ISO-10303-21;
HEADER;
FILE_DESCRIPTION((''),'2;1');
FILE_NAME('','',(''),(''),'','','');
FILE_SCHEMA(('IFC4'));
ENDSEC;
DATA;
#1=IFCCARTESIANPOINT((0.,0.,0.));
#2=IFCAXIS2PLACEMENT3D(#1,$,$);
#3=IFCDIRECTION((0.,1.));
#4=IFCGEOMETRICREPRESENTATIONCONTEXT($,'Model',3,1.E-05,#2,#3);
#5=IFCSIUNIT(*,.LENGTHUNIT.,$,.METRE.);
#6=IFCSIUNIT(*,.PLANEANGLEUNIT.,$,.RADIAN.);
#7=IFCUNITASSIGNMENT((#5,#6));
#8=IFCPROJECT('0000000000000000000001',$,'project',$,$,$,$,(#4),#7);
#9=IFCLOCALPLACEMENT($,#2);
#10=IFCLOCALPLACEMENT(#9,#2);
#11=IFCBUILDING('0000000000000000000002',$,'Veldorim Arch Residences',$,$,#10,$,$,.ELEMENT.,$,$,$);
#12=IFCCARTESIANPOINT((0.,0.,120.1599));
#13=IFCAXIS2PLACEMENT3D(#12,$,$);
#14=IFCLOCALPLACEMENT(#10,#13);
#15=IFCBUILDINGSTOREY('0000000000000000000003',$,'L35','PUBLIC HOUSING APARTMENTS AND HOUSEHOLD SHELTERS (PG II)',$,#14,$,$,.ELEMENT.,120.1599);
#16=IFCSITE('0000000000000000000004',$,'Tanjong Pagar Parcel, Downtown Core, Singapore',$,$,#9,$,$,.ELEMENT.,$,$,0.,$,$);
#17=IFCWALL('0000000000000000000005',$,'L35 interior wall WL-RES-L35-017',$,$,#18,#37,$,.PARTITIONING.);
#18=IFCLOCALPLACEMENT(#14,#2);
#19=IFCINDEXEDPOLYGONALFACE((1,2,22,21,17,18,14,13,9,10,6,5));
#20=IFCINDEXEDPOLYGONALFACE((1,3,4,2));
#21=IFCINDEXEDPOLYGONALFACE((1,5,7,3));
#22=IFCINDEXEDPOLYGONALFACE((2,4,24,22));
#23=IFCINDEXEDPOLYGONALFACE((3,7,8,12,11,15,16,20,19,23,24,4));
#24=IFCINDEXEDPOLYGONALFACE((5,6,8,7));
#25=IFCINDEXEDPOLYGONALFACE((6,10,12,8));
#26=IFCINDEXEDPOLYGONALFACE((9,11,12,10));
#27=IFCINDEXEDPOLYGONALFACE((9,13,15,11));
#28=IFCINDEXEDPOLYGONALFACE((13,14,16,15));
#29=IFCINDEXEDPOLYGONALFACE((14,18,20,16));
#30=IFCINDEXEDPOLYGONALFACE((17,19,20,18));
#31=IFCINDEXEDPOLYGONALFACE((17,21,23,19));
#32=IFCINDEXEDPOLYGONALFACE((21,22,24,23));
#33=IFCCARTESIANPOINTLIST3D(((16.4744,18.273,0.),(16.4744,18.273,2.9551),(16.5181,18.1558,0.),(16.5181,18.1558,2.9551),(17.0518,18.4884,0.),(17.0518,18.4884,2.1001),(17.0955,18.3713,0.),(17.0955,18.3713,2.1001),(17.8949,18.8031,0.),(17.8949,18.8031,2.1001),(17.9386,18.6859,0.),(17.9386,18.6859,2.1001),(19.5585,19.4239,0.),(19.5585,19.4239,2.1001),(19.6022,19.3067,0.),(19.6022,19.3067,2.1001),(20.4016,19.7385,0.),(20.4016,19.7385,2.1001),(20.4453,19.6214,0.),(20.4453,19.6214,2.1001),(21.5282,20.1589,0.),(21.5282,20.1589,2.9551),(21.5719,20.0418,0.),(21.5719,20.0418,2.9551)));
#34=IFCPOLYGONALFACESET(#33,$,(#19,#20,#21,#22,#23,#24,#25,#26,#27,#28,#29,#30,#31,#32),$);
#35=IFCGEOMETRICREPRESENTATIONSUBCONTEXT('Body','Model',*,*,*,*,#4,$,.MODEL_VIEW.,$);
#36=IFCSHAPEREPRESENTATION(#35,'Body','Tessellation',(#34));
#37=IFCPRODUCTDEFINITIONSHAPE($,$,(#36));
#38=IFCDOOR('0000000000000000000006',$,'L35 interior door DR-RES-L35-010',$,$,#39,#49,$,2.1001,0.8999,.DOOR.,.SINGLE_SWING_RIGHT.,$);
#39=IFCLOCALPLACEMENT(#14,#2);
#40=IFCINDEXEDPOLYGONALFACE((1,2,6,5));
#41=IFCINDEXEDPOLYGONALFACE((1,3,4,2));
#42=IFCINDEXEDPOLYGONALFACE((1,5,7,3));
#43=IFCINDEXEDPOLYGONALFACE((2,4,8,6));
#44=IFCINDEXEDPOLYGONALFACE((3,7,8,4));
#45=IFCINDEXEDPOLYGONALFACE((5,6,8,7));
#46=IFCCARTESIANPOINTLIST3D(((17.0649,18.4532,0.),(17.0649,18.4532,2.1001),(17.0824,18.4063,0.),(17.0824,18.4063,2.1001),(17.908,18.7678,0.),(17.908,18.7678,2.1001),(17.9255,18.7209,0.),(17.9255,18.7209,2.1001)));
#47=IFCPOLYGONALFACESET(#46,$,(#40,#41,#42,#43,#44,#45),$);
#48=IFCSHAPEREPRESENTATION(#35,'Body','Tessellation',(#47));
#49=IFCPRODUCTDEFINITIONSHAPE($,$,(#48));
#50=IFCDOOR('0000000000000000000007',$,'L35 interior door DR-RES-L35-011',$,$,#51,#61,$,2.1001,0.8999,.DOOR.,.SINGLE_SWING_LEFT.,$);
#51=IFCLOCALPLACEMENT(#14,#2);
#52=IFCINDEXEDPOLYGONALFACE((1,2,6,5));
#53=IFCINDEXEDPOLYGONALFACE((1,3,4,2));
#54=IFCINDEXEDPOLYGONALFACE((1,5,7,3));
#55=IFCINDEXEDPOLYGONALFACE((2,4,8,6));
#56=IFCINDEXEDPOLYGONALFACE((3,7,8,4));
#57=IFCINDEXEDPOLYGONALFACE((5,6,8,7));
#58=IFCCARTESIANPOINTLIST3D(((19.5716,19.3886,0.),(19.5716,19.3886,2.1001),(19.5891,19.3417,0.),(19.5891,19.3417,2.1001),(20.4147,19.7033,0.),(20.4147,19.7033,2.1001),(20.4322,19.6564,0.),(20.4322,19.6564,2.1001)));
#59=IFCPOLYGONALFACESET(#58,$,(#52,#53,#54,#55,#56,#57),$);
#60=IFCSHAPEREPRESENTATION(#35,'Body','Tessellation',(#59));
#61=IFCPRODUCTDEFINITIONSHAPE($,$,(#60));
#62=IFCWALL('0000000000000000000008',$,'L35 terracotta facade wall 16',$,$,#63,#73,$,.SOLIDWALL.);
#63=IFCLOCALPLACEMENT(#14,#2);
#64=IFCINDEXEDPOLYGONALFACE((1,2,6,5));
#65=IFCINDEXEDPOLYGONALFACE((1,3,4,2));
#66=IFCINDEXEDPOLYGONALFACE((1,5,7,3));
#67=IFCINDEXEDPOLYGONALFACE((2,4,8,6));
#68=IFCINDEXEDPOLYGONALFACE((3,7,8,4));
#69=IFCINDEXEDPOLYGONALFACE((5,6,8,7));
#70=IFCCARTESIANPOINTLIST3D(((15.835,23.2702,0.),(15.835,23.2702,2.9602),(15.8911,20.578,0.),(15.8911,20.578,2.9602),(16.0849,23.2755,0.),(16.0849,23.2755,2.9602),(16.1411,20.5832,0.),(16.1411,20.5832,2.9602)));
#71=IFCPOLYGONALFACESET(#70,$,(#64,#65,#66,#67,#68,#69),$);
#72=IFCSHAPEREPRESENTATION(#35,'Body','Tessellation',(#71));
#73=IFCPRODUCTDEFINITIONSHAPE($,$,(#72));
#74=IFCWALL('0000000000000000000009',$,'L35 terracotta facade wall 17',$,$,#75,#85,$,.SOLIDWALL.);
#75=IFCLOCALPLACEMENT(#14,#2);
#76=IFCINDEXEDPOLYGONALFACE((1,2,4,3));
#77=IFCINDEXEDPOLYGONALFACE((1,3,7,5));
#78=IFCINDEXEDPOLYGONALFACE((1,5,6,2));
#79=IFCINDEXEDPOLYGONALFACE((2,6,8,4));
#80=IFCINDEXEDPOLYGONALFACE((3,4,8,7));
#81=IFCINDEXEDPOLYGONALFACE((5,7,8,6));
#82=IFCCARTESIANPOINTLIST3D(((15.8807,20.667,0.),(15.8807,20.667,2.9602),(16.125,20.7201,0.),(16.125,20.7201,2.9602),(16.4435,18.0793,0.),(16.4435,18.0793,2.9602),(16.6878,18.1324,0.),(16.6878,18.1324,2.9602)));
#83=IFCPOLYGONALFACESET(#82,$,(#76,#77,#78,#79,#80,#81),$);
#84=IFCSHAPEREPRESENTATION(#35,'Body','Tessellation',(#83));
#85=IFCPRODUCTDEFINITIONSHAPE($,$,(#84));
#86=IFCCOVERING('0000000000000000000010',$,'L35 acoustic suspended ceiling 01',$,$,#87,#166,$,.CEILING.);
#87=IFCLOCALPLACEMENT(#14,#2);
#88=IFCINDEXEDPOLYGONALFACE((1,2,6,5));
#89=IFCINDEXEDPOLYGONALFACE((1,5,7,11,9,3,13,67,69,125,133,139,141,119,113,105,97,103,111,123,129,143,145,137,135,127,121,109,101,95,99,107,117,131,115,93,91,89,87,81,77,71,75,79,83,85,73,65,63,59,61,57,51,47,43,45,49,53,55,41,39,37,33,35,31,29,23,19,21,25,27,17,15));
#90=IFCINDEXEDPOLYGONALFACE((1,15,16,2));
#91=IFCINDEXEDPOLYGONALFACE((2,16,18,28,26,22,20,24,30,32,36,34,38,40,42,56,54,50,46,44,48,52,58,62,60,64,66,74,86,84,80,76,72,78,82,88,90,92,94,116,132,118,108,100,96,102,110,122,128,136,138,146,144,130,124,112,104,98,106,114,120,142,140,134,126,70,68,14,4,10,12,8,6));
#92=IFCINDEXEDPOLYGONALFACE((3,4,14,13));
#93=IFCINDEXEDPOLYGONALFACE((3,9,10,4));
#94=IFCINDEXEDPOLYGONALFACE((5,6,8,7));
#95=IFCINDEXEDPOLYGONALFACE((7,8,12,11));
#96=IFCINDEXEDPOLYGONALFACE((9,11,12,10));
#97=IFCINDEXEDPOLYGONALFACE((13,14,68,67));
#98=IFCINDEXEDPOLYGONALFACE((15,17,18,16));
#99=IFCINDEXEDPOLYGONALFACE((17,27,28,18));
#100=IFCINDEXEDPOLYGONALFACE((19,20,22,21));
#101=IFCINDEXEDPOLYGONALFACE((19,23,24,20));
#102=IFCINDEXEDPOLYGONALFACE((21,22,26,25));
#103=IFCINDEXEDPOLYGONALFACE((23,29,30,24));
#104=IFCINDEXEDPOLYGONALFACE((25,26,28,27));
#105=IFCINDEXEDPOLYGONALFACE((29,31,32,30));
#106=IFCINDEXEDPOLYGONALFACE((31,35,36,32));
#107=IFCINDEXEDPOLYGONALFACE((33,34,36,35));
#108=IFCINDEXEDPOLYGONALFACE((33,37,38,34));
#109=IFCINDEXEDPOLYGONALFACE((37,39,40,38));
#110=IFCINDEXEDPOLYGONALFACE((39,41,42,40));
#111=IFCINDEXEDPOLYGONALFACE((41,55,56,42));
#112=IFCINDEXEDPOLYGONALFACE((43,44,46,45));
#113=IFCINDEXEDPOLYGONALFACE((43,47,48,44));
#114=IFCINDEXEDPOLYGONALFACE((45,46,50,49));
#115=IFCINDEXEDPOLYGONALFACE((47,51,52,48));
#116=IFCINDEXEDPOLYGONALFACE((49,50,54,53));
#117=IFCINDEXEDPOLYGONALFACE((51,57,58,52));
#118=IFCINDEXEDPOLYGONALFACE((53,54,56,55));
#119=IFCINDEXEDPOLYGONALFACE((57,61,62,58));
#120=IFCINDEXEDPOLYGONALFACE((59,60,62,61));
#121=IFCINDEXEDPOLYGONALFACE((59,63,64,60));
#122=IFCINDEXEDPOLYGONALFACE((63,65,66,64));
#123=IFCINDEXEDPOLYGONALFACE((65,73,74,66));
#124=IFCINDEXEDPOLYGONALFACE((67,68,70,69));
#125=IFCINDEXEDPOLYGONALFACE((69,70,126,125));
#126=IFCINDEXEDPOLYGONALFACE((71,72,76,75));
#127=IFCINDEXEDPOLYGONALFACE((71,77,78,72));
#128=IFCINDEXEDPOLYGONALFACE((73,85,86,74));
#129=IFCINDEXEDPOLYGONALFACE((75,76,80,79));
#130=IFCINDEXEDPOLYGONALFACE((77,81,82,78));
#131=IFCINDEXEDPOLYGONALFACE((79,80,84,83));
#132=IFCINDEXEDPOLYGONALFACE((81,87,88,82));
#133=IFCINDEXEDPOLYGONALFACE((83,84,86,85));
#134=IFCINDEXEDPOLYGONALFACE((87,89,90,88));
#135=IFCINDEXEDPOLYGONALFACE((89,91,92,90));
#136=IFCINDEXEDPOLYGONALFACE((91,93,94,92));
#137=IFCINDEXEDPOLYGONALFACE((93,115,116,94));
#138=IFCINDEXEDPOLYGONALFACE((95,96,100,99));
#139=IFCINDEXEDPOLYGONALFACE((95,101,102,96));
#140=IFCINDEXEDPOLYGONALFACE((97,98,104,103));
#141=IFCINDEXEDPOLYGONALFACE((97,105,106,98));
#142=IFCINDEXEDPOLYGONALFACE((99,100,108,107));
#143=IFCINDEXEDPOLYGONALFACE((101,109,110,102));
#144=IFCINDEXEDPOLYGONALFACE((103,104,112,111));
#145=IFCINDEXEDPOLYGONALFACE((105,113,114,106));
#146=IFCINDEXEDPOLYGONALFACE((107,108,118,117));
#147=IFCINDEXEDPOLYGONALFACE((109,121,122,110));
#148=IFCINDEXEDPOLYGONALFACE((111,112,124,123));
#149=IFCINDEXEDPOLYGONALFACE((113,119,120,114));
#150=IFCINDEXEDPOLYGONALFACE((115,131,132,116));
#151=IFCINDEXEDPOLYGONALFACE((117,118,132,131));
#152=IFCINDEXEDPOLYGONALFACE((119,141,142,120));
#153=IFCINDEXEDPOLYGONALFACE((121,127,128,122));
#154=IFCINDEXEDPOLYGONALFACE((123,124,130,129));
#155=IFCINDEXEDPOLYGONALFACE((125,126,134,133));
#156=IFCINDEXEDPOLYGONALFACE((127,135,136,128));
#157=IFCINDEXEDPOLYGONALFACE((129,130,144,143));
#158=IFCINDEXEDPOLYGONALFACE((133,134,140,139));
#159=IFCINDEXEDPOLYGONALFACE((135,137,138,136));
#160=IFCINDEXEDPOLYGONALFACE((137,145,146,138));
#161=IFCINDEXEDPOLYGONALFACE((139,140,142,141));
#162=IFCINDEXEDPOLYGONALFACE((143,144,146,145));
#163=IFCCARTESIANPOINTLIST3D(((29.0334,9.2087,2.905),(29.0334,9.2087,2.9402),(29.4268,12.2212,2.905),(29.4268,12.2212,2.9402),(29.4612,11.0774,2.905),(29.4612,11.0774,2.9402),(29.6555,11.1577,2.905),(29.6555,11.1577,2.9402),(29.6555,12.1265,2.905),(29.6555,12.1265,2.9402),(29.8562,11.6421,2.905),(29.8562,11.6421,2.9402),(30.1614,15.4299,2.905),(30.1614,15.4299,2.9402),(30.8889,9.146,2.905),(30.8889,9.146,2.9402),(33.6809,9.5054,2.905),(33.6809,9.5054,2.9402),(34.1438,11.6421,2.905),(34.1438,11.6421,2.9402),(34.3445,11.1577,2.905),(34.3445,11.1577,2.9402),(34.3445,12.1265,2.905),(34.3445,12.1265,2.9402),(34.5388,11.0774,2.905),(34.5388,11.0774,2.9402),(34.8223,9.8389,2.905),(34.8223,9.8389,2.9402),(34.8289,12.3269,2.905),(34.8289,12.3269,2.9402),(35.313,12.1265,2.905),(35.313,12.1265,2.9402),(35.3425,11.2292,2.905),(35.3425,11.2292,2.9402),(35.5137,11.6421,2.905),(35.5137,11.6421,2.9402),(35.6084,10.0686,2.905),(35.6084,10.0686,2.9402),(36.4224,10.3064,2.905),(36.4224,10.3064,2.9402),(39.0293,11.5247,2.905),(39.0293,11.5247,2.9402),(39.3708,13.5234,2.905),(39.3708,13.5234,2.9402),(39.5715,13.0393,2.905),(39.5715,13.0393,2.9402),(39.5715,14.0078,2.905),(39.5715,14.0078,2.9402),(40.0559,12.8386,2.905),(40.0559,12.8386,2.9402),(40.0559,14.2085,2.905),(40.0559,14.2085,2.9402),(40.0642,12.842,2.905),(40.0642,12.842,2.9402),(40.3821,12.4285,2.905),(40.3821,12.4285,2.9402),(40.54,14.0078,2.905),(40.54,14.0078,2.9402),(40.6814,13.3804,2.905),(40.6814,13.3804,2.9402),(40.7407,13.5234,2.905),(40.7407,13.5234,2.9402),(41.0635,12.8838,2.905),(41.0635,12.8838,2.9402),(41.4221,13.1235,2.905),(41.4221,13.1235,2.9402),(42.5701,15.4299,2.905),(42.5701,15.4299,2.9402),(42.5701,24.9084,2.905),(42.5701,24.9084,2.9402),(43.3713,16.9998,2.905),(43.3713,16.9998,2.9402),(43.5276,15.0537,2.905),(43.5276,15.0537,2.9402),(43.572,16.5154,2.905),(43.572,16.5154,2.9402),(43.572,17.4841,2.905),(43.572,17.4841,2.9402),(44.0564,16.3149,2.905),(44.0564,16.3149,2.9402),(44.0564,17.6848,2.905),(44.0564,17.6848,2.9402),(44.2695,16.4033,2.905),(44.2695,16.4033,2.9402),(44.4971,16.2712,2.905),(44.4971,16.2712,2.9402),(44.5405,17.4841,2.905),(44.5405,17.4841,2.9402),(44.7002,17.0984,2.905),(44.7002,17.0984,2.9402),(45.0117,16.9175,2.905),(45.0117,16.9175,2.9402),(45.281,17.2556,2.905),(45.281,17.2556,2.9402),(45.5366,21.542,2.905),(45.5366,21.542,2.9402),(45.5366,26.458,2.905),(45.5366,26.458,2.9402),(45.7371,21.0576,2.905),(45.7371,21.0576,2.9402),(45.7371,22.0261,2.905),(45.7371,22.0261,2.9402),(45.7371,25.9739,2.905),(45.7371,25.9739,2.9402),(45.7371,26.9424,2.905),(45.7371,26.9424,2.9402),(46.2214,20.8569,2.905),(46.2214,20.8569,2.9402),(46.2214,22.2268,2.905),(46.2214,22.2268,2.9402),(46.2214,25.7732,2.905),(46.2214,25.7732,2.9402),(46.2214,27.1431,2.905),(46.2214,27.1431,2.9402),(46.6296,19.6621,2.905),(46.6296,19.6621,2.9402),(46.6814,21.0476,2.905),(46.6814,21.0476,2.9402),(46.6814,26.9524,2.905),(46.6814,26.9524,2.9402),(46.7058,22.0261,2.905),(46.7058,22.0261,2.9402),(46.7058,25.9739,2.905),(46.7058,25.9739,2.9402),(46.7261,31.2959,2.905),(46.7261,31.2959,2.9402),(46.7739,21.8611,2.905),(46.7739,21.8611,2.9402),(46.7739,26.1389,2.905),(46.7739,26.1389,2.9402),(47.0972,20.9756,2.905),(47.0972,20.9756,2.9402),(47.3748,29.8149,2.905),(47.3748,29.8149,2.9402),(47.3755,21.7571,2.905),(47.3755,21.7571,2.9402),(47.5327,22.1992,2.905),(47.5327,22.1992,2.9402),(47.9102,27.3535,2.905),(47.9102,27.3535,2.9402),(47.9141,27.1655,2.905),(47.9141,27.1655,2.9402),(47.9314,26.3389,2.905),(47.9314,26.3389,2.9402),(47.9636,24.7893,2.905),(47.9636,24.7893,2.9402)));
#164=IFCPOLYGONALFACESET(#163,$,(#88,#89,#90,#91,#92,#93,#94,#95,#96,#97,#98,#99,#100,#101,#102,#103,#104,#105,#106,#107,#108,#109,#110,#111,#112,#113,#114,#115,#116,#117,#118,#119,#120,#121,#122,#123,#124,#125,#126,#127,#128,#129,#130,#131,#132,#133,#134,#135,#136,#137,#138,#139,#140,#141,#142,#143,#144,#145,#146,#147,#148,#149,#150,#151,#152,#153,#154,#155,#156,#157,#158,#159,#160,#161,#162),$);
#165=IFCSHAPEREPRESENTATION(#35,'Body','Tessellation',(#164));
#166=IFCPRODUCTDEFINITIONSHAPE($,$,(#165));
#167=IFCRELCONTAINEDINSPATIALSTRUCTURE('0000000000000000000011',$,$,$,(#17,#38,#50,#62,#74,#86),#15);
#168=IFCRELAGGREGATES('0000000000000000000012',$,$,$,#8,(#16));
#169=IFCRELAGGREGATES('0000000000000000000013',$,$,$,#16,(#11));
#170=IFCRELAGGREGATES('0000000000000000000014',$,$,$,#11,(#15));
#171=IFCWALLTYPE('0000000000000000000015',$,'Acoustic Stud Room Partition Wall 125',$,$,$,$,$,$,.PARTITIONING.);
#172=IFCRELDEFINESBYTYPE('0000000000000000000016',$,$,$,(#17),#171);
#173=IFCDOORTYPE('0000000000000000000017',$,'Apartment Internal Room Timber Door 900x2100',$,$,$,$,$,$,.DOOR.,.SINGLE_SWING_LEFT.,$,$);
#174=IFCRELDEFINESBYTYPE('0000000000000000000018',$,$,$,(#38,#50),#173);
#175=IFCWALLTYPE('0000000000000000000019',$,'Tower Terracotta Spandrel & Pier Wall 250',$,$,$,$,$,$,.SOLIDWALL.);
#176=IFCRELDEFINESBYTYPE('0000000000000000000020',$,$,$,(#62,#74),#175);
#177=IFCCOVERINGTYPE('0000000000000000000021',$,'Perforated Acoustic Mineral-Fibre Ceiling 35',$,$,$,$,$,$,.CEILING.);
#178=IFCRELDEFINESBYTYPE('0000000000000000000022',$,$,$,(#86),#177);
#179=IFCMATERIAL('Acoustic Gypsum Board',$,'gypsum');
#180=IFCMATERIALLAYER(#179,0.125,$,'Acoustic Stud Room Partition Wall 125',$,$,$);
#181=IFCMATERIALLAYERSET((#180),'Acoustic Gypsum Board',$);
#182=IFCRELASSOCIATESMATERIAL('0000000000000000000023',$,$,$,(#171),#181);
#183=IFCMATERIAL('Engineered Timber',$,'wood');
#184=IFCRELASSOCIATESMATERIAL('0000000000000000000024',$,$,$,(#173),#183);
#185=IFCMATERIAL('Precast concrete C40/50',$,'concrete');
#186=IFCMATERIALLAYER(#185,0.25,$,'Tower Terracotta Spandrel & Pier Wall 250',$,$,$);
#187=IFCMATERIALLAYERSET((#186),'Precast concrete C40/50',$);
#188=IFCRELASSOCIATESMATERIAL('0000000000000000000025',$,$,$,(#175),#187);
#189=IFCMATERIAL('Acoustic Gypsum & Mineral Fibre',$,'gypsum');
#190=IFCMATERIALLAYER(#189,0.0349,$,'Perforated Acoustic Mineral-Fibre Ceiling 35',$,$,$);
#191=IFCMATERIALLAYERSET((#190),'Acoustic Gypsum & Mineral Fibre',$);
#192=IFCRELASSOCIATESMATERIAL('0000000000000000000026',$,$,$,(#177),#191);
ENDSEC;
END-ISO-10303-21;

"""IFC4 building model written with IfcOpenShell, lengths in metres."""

from ifc_helpers import new_model, si_unit, direction, frame, frame_2d, origin, place, context, subcontext, project, spatial, polyline, rectangle, outline, extrude, material, layer, layer_set, type_object, element, fill, save


model = new_model("IFC4")

# Units and contexts
model_context = context("Model", 3, precision=1e-05, world=origin(), true_north=direction((0.0, 1.0)))
body_context = subcontext(model_context, "Body", "Model", "MODEL_VIEW")
ifc_project = project(units=[si_unit("LENGTHUNIT", "METRE"), si_unit("PLANEANGLEUNIT", "RADIAN")], contexts=[model_context])

# Site, building, storey
site_placement = place(None, origin())
site = spatial("IfcSite", under=ifc_project, at=site_placement, Name="Tanjong Pagar Parcel, Downtown Core, Singapore", CompositionType="ELEMENT", RefElevation=0.0)
building_placement = place(site_placement, origin())
building = spatial("IfcBuilding", under=site, at=building_placement, Name="Veldorim Arch Residences", CompositionType="ELEMENT")
storey_placement = place(building_placement, frame((0.0, 0.0, 120.1599)))
storey = spatial("IfcBuildingStorey", under=building, at=storey_placement, Name="L35", Description="PUBLIC HOUSING APARTMENTS AND HOUSEHOLD SHELTERS (PG II)", CompositionType="ELEMENT", Elevation=120.1599)

# Wall, openings, doors
ifc_material_1 = material(Name="Acoustic Gypsum Board", Category="gypsum")
ifc_layer_1 = layer(ifc_material_1, 0.125, Name="Acoustic Stud Room Partition Wall 125")
ifc_layer_set_1 = layer_set([ifc_layer_1], Name="Acoustic Gypsum Board")
wall_type_1 = type_object("IfcWallType", Name="Acoustic Stud Room Partition Wall 125", PredefinedType="PARTITIONING", material=ifc_layer_set_1)
wall_1_placement = place(storey_placement, frame((16.4961, 18.2144, 0.0), z_axis=(0.0, 0.0, 1.0), x_axis=(0.936892, 0.34962, 0.0)))
wall_1 = element("IfcWall", 1, at=wall_1_placement, inside=storey, type_object=wall_type_1, Name="L35 interior wall WL-RES-L35-017", PredefinedType="PARTITIONING", context=body_context, shape_type="SweptSolid", body=[
    extrude(rectangle(XDim=5.3943, YDim=0.125, at=frame_2d((2.6973, 0.0))), origin(), (0.0, 0.0, 1.0), 2.9551),
])
opening_1_placement = place(wall_1_placement, frame((0.6165, 0.0, 0.0)))
opening_1 = element("IfcOpeningElement", 2, at=opening_1_placement, cuts=wall_1, PredefinedType="OPENING", context=body_context, shape_type="SweptSolid", body=[
    extrude(rectangle(XDim=0.8999, YDim=2.1001, at=frame_2d((0.45, 1.05))), frame((0.0, 0.0725, 0.0), z_axis=(0.0, -1.0, 0.0), x_axis=(1.0, 0.0, 0.0)), (0.0, 0.0, 1.0), 0.145),
])
opening_2_placement = place(wall_1_placement, frame((3.292, 0.0, 0.0)))
opening_2 = element("IfcOpeningElement", 3, at=opening_2_placement, cuts=wall_1, PredefinedType="OPENING", context=body_context, shape_type="SweptSolid", body=[
    extrude(rectangle(XDim=0.8999, YDim=2.1001, at=frame_2d((0.45, 1.05))), frame((0.0, 0.0725, 0.0), z_axis=(0.0, -1.0, 0.0), x_axis=(1.0, 0.0, 0.0)), (0.0, 0.0, 1.0), 0.145),
])
ifc_material_2 = material(Name="Engineered Timber", Category="wood")
door_type = type_object("IfcDoorType", Name="Apartment Internal Room Timber Door 900x2100", OperationType="SINGLE_SWING_LEFT", PredefinedType="DOOR", material=ifc_material_2)
door_1_placement = place(opening_1_placement, origin())
door_1 = element("IfcDoor", 4, at=door_1_placement, inside=storey, type_object=door_type, Name="L35 interior door DR-RES-L35-010", OperationType="SINGLE_SWING_RIGHT", OverallHeight=2.1001, OverallWidth=0.8999, PredefinedType="DOOR", context=body_context, shape_type="SweptSolid", body=[
    extrude(rectangle(XDim=0.8999, YDim=2.1001, at=frame_2d((0.45, 1.05))), frame((0.0, 0.0249, 0.0), z_axis=(0.0, -1.0, 0.0), x_axis=(1.0, 0.0, 0.0)), (0.0, 0.0, 1.0), 0.05),
])
fill(opening_1, door_1)
door_2_placement = place(opening_2_placement, origin())
door_2 = element("IfcDoor", 5, at=door_2_placement, inside=storey, type_object=door_type, Name="L35 interior door DR-RES-L35-011", OperationType="SINGLE_SWING_LEFT", OverallHeight=2.1001, OverallWidth=0.8999, PredefinedType="DOOR", context=body_context, shape_type="SweptSolid", body=[
    extrude(rectangle(XDim=0.8999, YDim=2.1001, at=frame_2d((0.45, 1.05))), frame((0.0, 0.0249, 0.0), z_axis=(0.0, -1.0, 0.0), x_axis=(1.0, 0.0, 0.0)), (0.0, 0.0, 1.0), 0.05),
])
fill(opening_2, door_2)

# Walls
ifc_material_3 = material(Name="Precast concrete C40/50", Category="concrete")
ifc_layer_2 = layer(ifc_material_3, 0.25, Name="Tower Terracotta Spandrel & Pier Wall 250")
ifc_layer_set_2 = layer_set([ifc_layer_2], Name="Precast concrete C40/50")
wall_type_2 = type_object("IfcWallType", Name="Tower Terracotta Spandrel & Pier Wall 250", PredefinedType="SOLIDWALL", material=ifc_layer_set_2)
wall_2_placement = place(storey_placement, frame((16.0161, 20.5806, 0.0), z_axis=(0.0, 0.0, 1.0), x_axis=(-0.020851, 0.999783, 0.0)))
element("IfcWall", 6, at=wall_2_placement, inside=storey, type_object=wall_type_2, Name="L35 terracotta facade wall 16", PredefinedType="SOLIDWALL", context=body_context, shape_type="SweptSolid", body=[
    extrude(rectangle(XDim=2.6929, YDim=0.25, at=frame_2d((1.3464, 0.0))), origin(), (0.0, 0.0, 1.0), 2.9602),
])
wall_3_placement = place(storey_placement, frame((16.5657, 18.1057, 0.0), z_axis=(0.0, 0.0, 1.0), x_axis=(-0.212506, 0.97716, 0.0)))
element("IfcWall", 7, at=wall_3_placement, inside=storey, type_object=wall_type_2, Name="L35 terracotta facade wall 17", PredefinedType="SOLIDWALL", context=body_context, shape_type="SweptSolid", body=[
    extrude(rectangle(XDim=2.6482, YDim=0.25, at=frame_2d((1.3242, 0.0))), origin(), (0.0, 0.0, 1.0), 2.9602),
])

# Covering
ifc_material_4 = material(Name="Acoustic Gypsum & Mineral Fibre", Category="gypsum")
ifc_layer_3 = layer(ifc_material_4, 0.0349, Name="Perforated Acoustic Mineral-Fibre Ceiling 35")
ifc_layer_set_3 = layer_set([ifc_layer_3], Name="Acoustic Gypsum & Mineral Fibre")
covering_type_1 = type_object("IfcCoveringType", Name="Perforated Acoustic Mineral-Fibre Ceiling 35", PredefinedType="CEILING", material=ifc_layer_set_3)
covering_1_placement = place(storey_placement, frame((0.0, 0.0, 2.905)))
element("IfcCovering", 8, at=covering_1_placement, inside=storey, type_object=covering_type_1, Name="L35 acoustic suspended ceiling 01", PredefinedType="CEILING", context=body_context, shape_type="SweptSolid", body=[
    extrude(outline(polyline([(35.5137, 11.6421), (35.313, 12.1265), (34.8289, 12.3269), (34.3445, 12.1265), (34.1438, 11.6421), (34.3445, 11.1577), (34.5388, 11.0774), (34.8223, 9.8389), (33.6809, 9.5054), (30.8889, 9.146), (29.0334, 9.2087), (29.4612, 11.0774), (29.6555, 11.1577), (29.8562, 11.6421), (29.6555, 12.1265), (29.4268, 12.2212), (30.1614, 15.4299), (42.5701, 15.4299), (42.5701, 24.9084), (46.7261, 31.2959), (47.3748, 29.8149), (47.9102, 27.3535), (47.9141, 27.1655), (46.6814, 26.9524), (46.2214, 27.1431), (45.7371, 26.9424), (45.5366, 26.458), (45.7371, 25.9739), (46.2214, 25.7732), (46.7058, 25.9739), (46.7739, 26.1389), (47.9314, 26.3389), (47.9636, 24.7893), (47.5327, 22.1992), (47.3755, 21.7571), (46.7739, 21.8611), (46.7058, 22.0261), (46.2214, 22.2268), (45.7371, 22.0261), (45.5366, 21.542), (45.7371, 21.0576), (46.2214, 20.8569), (46.6814, 21.0476), (47.0972, 20.9756), (46.6296, 19.6621), (45.281, 17.2556), (45.0117, 16.9175), (44.7002, 17.0984), (44.5405, 17.4841), (44.0564, 17.6848), (43.572, 17.4841), (43.3713, 16.9998), (43.572, 16.5154), (44.0564, 16.3149), (44.2695, 16.4033), (44.4971, 16.2712), (43.5276, 15.0537), (41.4221, 13.1235), (41.0635, 12.8838), (40.6814, 13.3804), (40.7407, 13.5234), (40.54, 14.0078), (40.0559, 14.2085), (39.5715, 14.0078), (39.3708, 13.5234), (39.5715, 13.0393), (40.0559, 12.8386), (40.0642, 12.842), (40.3821, 12.4285), (39.0293, 11.5247), (36.4224, 10.3064), (35.6084, 10.0686), (35.3425, 11.2292), (35.5137, 11.6421)])), origin(), (0.0, 0.0, 1.0), 0.0352),
])

save(model, "model.ifc")
